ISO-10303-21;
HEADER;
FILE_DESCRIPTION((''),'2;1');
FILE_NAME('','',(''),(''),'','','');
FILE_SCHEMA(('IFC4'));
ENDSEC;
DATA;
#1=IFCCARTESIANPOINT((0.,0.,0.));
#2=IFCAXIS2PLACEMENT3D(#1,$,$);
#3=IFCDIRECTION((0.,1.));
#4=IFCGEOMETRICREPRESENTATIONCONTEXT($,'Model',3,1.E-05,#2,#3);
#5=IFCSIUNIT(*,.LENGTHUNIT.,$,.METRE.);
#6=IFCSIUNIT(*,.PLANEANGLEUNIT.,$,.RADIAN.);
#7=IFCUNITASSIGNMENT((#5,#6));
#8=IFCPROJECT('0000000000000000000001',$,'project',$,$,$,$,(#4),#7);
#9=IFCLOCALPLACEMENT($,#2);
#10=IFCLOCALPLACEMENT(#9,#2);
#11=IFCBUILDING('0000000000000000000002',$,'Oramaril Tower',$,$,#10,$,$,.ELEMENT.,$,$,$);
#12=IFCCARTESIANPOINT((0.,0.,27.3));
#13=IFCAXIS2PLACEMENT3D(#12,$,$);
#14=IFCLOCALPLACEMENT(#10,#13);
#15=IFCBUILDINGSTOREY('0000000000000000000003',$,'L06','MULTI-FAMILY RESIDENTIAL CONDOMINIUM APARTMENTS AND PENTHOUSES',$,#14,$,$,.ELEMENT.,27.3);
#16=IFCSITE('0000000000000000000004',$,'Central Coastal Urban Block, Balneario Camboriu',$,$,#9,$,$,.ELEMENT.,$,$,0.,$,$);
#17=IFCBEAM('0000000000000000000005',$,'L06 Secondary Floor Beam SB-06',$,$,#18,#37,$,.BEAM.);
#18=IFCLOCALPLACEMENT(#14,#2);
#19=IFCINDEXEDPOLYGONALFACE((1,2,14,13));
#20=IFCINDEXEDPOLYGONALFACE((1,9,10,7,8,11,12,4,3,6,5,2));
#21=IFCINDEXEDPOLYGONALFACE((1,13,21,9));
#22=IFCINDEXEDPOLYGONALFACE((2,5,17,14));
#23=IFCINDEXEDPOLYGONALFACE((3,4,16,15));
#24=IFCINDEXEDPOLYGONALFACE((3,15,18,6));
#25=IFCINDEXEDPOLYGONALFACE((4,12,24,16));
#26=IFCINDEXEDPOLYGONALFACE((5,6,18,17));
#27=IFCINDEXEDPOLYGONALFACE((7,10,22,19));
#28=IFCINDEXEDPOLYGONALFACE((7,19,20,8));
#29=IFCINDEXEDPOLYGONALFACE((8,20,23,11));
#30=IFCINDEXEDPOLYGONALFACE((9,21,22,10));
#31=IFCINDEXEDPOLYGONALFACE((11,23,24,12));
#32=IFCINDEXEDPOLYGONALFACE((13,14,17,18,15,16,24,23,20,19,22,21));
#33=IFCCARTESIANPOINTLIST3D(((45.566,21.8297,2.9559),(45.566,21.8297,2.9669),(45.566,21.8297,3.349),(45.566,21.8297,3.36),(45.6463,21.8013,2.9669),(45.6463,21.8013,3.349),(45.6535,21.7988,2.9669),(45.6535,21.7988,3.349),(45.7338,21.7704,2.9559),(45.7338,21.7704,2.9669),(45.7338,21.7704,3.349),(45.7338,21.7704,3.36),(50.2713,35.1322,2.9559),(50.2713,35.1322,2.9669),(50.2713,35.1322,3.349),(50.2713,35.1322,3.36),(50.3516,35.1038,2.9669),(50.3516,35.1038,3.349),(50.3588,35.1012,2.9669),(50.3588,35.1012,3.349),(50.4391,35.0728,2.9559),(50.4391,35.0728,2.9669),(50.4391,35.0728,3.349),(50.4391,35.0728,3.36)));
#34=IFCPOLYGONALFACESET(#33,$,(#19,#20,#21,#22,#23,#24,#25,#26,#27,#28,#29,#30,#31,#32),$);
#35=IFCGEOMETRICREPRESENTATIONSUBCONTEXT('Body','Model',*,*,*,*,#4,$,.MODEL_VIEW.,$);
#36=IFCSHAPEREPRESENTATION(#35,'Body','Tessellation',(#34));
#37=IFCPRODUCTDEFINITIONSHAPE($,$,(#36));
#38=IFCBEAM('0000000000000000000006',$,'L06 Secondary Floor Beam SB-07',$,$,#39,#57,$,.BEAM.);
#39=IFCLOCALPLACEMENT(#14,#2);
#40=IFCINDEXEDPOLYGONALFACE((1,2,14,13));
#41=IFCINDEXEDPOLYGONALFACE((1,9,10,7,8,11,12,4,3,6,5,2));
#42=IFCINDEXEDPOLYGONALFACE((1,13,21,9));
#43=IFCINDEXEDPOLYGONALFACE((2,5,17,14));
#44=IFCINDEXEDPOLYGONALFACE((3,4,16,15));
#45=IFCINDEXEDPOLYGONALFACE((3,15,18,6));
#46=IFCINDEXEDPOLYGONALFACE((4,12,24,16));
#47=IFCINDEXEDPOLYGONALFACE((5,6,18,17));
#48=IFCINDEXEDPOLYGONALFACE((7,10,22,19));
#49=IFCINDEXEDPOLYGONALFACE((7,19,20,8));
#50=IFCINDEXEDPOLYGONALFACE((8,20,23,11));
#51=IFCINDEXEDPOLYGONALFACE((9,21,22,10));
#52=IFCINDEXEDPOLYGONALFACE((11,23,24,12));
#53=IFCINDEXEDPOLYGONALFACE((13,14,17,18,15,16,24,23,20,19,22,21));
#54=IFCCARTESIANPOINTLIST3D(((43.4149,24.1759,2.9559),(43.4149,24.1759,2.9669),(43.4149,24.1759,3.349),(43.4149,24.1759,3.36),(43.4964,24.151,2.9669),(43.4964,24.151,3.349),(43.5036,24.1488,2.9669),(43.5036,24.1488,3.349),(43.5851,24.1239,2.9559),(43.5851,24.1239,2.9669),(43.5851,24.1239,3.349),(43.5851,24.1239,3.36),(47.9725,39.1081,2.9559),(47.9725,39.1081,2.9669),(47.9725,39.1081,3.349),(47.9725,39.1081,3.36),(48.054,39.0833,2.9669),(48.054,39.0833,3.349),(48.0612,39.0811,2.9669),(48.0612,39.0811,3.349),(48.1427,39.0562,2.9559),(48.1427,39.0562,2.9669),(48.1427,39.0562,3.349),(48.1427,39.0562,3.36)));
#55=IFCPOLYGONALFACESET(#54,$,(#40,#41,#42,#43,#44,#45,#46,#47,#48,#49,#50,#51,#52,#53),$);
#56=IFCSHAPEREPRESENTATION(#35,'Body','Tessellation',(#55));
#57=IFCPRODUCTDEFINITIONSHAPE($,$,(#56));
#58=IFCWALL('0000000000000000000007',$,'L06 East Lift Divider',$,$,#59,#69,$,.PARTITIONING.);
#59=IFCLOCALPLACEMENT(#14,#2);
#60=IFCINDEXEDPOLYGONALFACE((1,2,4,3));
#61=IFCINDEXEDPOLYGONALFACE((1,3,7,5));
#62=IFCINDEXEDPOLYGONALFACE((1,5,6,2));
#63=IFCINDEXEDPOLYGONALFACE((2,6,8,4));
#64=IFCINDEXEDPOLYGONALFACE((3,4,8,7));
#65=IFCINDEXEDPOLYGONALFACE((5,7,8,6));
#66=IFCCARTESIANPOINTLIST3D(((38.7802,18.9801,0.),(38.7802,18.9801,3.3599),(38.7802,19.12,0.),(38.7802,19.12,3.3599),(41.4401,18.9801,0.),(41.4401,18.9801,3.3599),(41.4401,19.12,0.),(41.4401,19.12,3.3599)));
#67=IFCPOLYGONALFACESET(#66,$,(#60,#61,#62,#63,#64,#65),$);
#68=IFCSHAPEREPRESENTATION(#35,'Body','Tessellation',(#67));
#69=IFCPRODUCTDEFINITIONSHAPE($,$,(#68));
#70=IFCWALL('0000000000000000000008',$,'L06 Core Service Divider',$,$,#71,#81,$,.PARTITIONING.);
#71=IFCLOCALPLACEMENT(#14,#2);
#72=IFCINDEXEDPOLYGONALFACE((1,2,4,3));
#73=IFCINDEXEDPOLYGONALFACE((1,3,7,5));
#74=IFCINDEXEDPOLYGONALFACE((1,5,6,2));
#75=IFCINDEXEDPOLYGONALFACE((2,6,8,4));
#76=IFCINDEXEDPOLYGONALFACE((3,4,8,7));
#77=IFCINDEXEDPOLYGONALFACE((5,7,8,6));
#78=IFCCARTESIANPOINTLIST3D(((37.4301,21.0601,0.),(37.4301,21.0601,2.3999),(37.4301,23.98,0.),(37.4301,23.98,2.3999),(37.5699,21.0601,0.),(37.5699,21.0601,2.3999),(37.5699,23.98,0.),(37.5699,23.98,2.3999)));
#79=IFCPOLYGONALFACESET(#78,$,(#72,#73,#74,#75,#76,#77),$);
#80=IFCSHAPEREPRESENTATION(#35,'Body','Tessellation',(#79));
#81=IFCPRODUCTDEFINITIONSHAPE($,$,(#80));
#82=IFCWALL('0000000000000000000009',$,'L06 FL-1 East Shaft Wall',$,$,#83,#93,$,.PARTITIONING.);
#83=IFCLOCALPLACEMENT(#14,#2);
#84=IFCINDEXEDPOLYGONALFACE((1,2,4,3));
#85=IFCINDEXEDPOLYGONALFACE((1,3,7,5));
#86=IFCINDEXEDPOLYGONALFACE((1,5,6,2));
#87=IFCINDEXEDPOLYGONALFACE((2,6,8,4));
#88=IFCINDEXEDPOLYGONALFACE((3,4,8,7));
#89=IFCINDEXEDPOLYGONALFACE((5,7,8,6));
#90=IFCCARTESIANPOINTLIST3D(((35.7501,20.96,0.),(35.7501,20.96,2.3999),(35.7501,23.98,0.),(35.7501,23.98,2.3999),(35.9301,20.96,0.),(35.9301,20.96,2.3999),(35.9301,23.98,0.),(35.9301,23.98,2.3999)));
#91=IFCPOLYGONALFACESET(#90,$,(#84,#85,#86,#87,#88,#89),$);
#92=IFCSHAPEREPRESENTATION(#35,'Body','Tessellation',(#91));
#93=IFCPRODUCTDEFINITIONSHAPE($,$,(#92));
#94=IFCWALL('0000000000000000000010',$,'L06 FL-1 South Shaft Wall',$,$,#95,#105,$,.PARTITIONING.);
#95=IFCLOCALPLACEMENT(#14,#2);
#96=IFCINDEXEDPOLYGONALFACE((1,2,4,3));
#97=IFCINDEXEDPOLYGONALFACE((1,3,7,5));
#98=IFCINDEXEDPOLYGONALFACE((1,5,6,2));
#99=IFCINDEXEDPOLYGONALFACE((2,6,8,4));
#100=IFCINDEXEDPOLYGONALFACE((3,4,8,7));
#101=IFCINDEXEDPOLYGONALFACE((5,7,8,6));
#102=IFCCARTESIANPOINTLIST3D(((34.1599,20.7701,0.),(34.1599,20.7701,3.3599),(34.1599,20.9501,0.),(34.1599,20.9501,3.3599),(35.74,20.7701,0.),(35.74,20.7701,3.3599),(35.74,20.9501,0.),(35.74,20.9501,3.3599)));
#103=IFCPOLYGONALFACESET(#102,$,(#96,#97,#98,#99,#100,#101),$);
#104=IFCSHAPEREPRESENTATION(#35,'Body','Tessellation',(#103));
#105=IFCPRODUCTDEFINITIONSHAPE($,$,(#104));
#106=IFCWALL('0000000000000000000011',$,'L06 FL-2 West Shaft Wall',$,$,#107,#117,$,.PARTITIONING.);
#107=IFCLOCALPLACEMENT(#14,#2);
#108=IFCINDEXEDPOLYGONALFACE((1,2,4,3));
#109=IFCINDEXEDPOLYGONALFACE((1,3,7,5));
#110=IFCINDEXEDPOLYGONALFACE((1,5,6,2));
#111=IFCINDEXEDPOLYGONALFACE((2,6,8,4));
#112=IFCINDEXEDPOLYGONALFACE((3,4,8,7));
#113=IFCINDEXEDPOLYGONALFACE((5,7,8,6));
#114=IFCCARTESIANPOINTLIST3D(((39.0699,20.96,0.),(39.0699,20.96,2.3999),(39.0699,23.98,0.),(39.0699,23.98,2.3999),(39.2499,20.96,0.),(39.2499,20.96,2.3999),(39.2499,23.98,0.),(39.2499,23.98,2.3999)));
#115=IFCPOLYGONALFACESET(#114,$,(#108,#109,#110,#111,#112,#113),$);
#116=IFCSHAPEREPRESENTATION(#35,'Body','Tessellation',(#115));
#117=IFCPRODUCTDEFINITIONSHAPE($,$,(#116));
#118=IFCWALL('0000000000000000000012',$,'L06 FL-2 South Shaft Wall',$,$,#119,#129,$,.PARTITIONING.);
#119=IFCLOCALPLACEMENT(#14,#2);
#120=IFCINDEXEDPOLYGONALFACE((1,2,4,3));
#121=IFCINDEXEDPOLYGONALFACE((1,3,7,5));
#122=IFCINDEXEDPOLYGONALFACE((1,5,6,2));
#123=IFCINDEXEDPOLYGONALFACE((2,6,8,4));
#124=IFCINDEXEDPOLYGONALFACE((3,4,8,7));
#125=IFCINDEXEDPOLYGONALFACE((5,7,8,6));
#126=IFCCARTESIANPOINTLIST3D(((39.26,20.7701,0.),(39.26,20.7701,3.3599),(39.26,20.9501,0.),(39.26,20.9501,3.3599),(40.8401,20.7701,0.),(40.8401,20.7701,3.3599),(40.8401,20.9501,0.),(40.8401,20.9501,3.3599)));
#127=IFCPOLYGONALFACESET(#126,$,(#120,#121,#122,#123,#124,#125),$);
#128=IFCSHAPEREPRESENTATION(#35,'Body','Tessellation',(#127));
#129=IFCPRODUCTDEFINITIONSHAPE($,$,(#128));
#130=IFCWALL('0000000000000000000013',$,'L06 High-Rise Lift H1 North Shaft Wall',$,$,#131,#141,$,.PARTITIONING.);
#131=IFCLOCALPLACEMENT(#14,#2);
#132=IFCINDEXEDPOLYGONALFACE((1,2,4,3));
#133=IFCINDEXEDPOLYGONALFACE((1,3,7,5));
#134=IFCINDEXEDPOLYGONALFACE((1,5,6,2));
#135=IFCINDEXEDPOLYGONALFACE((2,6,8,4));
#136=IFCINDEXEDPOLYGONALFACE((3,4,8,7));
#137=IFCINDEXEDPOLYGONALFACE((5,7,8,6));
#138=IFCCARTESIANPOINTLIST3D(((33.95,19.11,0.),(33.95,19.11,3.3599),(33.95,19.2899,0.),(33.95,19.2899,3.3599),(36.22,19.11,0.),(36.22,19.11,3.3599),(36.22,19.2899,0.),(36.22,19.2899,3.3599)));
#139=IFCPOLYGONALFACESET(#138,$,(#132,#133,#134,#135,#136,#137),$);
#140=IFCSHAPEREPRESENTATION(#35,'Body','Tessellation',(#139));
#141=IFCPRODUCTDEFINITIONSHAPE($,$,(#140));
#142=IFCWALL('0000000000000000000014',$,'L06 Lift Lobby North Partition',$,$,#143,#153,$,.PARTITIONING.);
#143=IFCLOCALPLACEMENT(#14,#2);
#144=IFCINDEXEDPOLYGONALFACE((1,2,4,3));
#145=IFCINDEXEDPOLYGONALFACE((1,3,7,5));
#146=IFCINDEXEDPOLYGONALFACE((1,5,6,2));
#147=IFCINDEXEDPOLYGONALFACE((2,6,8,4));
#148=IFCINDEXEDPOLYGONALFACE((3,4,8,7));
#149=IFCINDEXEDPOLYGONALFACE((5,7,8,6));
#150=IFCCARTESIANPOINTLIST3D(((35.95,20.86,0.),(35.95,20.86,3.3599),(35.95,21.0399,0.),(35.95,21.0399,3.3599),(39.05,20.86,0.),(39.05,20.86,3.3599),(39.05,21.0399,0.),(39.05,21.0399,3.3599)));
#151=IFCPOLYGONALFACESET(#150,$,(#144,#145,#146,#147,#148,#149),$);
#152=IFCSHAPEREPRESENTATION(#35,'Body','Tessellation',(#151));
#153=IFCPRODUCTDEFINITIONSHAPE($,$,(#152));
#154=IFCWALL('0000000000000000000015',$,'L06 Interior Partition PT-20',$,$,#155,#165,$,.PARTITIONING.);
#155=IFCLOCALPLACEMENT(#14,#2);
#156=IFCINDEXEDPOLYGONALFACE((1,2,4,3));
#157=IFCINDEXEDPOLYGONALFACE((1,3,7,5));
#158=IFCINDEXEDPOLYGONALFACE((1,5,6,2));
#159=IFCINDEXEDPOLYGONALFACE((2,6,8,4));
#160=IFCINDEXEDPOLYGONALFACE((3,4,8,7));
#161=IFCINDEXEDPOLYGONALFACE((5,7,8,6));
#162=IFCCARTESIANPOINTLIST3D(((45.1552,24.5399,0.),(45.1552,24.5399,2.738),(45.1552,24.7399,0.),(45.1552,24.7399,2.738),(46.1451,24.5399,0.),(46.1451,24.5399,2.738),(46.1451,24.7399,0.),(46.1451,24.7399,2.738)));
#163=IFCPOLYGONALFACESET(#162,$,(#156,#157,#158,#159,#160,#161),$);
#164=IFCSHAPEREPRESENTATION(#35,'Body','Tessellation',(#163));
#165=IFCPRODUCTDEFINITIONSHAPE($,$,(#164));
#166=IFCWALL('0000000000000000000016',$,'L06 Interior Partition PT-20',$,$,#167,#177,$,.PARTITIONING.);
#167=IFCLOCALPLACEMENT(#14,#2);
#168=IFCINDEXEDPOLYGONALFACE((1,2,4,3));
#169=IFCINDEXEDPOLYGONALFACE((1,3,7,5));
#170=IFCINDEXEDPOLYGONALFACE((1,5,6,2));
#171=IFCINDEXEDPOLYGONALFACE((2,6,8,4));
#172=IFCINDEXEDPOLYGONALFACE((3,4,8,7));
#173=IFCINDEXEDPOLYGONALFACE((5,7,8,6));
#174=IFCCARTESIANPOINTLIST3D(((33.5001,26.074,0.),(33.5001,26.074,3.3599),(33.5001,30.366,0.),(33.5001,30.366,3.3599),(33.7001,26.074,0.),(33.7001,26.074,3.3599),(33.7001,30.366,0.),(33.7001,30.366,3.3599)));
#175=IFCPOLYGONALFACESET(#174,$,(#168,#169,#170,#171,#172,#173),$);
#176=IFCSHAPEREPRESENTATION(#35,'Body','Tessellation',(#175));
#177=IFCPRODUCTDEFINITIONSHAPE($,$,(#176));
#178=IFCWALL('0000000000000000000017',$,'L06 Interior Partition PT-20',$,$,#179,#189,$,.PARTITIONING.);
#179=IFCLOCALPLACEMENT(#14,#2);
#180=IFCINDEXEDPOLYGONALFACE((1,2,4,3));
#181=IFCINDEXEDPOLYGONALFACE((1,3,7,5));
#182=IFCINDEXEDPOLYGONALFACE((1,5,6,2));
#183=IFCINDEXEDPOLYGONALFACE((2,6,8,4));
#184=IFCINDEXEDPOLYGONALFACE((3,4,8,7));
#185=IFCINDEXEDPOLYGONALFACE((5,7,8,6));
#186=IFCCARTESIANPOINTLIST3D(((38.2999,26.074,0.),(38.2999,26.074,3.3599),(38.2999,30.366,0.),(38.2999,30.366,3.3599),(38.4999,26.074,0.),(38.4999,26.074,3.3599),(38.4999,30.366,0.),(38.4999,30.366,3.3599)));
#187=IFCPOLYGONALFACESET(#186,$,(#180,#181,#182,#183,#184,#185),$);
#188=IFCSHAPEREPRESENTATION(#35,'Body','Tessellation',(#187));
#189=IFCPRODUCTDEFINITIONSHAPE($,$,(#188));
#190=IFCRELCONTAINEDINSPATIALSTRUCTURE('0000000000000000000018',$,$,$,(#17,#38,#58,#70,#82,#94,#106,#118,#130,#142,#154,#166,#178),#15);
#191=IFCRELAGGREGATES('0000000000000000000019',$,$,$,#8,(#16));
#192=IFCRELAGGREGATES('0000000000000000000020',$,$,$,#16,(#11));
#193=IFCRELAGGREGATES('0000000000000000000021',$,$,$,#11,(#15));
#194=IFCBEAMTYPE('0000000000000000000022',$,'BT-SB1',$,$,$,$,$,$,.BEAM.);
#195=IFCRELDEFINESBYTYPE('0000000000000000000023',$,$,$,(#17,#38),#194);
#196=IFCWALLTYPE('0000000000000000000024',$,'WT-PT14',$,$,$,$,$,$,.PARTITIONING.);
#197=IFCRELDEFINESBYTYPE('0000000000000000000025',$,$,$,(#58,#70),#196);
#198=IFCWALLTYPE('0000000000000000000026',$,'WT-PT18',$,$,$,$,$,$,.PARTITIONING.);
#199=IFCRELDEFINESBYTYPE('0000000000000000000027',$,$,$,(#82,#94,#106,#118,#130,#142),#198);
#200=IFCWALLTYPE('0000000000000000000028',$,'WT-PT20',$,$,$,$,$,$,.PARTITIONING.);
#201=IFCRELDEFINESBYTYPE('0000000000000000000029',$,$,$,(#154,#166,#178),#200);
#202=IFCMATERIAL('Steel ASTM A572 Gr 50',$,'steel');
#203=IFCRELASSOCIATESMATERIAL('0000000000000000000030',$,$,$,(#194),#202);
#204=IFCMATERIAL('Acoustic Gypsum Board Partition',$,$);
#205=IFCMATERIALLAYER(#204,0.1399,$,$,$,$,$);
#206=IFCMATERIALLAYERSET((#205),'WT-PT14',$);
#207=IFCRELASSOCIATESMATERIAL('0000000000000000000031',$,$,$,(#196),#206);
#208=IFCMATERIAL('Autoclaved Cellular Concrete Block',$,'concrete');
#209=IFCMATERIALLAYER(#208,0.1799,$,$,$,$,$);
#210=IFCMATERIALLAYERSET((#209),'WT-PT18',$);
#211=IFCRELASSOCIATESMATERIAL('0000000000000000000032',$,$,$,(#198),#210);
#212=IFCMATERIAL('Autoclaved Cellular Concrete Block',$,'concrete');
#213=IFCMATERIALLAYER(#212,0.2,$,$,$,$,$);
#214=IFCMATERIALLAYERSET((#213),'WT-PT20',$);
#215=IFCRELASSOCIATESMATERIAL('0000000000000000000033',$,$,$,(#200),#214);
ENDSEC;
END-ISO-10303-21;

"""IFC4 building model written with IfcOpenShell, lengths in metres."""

from ifc_helpers import new_model, si_unit, direction, frame, frame_2d, origin, origin_2d, place, context, subcontext, project, spatial, rectangle, i_section, extrude, material, layer, layer_set, material_profile, profile_set, type_object, element, save


model = new_model("IFC4")

# Units and contexts
model_context = context("Model", 3, precision=1e-05, world=origin(), true_north=direction((0.0, 1.0)))
body_context = subcontext(model_context, "Body", "Model", "MODEL_VIEW")
ifc_project = project(units=[si_unit("LENGTHUNIT", "METRE"), si_unit("PLANEANGLEUNIT", "RADIAN")], contexts=[model_context])

# Site, building, storey
site_placement = place(None, origin())
site = spatial("IfcSite", under=ifc_project, at=site_placement, Name="Central Coastal Urban Block, Balneario Camboriu", CompositionType="ELEMENT", RefElevation=0.0)
building_placement = place(site_placement, origin())
building = spatial("IfcBuilding", under=site, at=building_placement, Name="Oramaril Tower", CompositionType="ELEMENT")
storey_placement = place(building_placement, frame((0.0, 0.0, 27.3)))
storey = spatial("IfcBuildingStorey", under=building, at=storey_placement, Name="L06", Description="MULTI-FAMILY RESIDENTIAL CONDOMINIUM APARTMENTS AND PENTHOUSES", CompositionType="ELEMENT", Elevation=27.3)

# Beams
ifc_material_1 = material(Name="Steel ASTM A572 Gr 50", Category="steel")
ifc_material_profile = material_profile(ifc_material_1, i_section(OverallWidth=0.178, OverallDepth=0.4041, WebThickness=0.0076, FlangeThickness=0.011, at=origin_2d()), Name="W16X36")
ifc_profile_set = profile_set([ifc_material_profile], Name="Steel ASTM A572 Gr 50")
beam_type = type_object("IfcBeamType", Name="BT-SB1", PredefinedType="BEAM", material=ifc_profile_set)
beam_1_placement = place(storey_placement, frame((45.6499, 21.8, 3.158), z_axis=(0.333471, 0.94276, 0.0), x_axis=(-0.94276, 0.333471, 0.0)))
element("IfcBeam", 1, at=beam_1_placement, inside=storey, type_object=beam_type, Name="L06 Secondary Floor Beam SB-06", PredefinedType="BEAM", context=body_context, shape_type="SweptSolid", body=[
    extrude(i_section(OverallWidth=0.178, OverallDepth=0.4041, WebThickness=0.0076, FlangeThickness=0.011, at=origin_2d()), origin(), (0.0, 0.0, 1.0), 14.1101),
])
beam_2_placement = place(storey_placement, frame((43.5, 24.1499, 3.158), z_axis=(0.291923, 0.956442, 0.0), x_axis=(-0.956442, 0.291923, 0.0)))
element("IfcBeam", 2, at=beam_2_placement, inside=storey, type_object=beam_type, Name="L06 Secondary Floor Beam SB-07", PredefinedType="BEAM", context=body_context, shape_type="SweptSolid", body=[
    extrude(i_section(OverallWidth=0.178, OverallDepth=0.4041, WebThickness=0.0076, FlangeThickness=0.011, at=origin_2d()), origin(), (0.0, 0.0, 1.0), 15.6123),
])

# Walls
ifc_material_2 = material(Name="Acoustic Gypsum Board Partition")
ifc_layer_1 = layer(ifc_material_2, 0.1399)
ifc_layer_set_1 = layer_set([ifc_layer_1], Name="WT-PT14")
wall_type_1 = type_object("IfcWallType", Name="WT-PT14", PredefinedType="PARTITIONING", material=ifc_layer_set_1)
wall_1_placement = place(storey_placement, frame((38.78, 19.05, 0.0), z_axis=(0.0, 0.0, 1.0), x_axis=(1.0, 0.0, 0.0)))
element("IfcWall", 3, at=wall_1_placement, inside=storey, type_object=wall_type_1, Name="L06 East Lift Divider", PredefinedType="PARTITIONING", context=body_context, shape_type="SweptSolid", body=[
    extrude(rectangle(XDim=2.6599, YDim=0.1399, at=frame_2d((1.3301, 0.0))), origin(), (0.0, 0.0, 1.0), 3.3599),
])
wall_2_placement = place(storey_placement, frame((37.5, 21.0601, 0.0), z_axis=(0.0, 0.0, 1.0), x_axis=(0.0, 1.0, 0.0)))
element("IfcWall", 4, at=wall_2_placement, inside=storey, type_object=wall_type_1, Name="L06 Core Service Divider", PredefinedType="PARTITIONING", context=body_context, shape_type="SweptSolid", body=[
    extrude(rectangle(XDim=2.9199, YDim=0.1399, at=frame_2d((1.46, 0.0))), origin(), (0.0, 0.0, 1.0), 2.3999),
])
ifc_material_3 = material(Name="Autoclaved Cellular Concrete Block", Category="concrete")
ifc_layer_2 = layer(ifc_material_3, 0.1799)
ifc_layer_set_2 = layer_set([ifc_layer_2], Name="WT-PT18")
wall_type_2 = type_object("IfcWallType", Name="WT-PT18", PredefinedType="PARTITIONING", material=ifc_layer_set_2)
wall_3_placement = place(storey_placement, frame((35.8401, 20.96, 0.0), z_axis=(0.0, 0.0, 1.0), x_axis=(0.0, 1.0, 0.0)))
element("IfcWall", 5, at=wall_3_placement, inside=storey, type_object=wall_type_2, Name="L06 FL-1 East Shaft Wall", PredefinedType="PARTITIONING", context=body_context, shape_type="SweptSolid", body=[
    extrude(rectangle(XDim=3.02, YDim=0.1799, at=frame_2d((1.51, 0.0))), origin(), (0.0, 0.0, 1.0), 2.3999),
])
wall_4_placement = place(storey_placement, frame((34.1599, 20.8601, 0.0), z_axis=(0.0, 0.0, 1.0), x_axis=(1.0, 0.0, 0.0)))
element("IfcWall", 6, at=wall_4_placement, inside=storey, type_object=wall_type_2, Name="L06 FL-1 South Shaft Wall", PredefinedType="PARTITIONING", context=body_context, shape_type="SweptSolid", body=[
    extrude(rectangle(XDim=1.5801, YDim=0.1799, at=frame_2d((0.79, 0.0))), origin(), (0.0, 0.0, 1.0), 3.3599),
])
wall_5_placement = place(storey_placement, frame((39.1599, 20.96, 0.0), z_axis=(0.0, 0.0, 1.0), x_axis=(0.0, 1.0, 0.0)))
element("IfcWall", 7, at=wall_5_placement, inside=storey, type_object=wall_type_2, Name="L06 FL-2 West Shaft Wall", PredefinedType="PARTITIONING", context=body_context, shape_type="SweptSolid", body=[
    extrude(rectangle(XDim=3.02, YDim=0.1799, at=frame_2d((1.51, 0.0))), origin(), (0.0, 0.0, 1.0), 2.3999),
])
wall_6_placement = place(storey_placement, frame((39.26, 20.8601, 0.0), z_axis=(0.0, 0.0, 1.0), x_axis=(1.0, 0.0, 0.0)))
element("IfcWall", 8, at=wall_6_placement, inside=storey, type_object=wall_type_2, Name="L06 FL-2 South Shaft Wall", PredefinedType="PARTITIONING", context=body_context, shape_type="SweptSolid", body=[
    extrude(rectangle(XDim=1.5801, YDim=0.1799, at=frame_2d((0.79, 0.0))), origin(), (0.0, 0.0, 1.0), 3.3599),
])
wall_7_placement = place(storey_placement, frame((33.95, 19.2, 0.0), z_axis=(0.0, 0.0, 1.0), x_axis=(1.0, 0.0, 0.0)))
element("IfcWall", 9, at=wall_7_placement, inside=storey, type_object=wall_type_2, Name="L06 High-Rise Lift H1 North Shaft Wall", PredefinedType="PARTITIONING", context=body_context, shape_type="SweptSolid", body=[
    extrude(rectangle(XDim=2.27, YDim=0.1799, at=frame_2d((1.135, 0.0))), origin(), (0.0, 0.0, 1.0), 3.3599),
])
wall_8_placement = place(storey_placement, frame((35.95, 20.95, 0.0), z_axis=(0.0, 0.0, 1.0), x_axis=(1.0, 0.0, 0.0)))
element("IfcWall", 10, at=wall_8_placement, inside=storey, type_object=wall_type_2, Name="L06 Lift Lobby North Partition", PredefinedType="PARTITIONING", context=body_context, shape_type="SweptSolid", body=[
    extrude(rectangle(XDim=3.1001, YDim=0.1799, at=frame_2d((1.55, 0.0))), origin(), (0.0, 0.0, 1.0), 3.3599),
])
ifc_material_4 = material(Name="Autoclaved Cellular Concrete Block", Category="concrete")
ifc_layer_3 = layer(ifc_material_4, 0.2)
ifc_layer_set_3 = layer_set([ifc_layer_3], Name="WT-PT20")
wall_type_3 = type_object("IfcWallType", Name="WT-PT20", PredefinedType="PARTITIONING", material=ifc_layer_set_3)
wall_9_placement = place(storey_placement, frame((45.155, 24.6399, 0.0), z_axis=(0.0, 0.0, 1.0), x_axis=(1.0, 0.0, 0.0)))
element("IfcWall", 11, at=wall_9_placement, inside=storey, type_object=wall_type_3, Name="L06 Interior Partition PT-20", PredefinedType="PARTITIONING", context=body_context, shape_type="SweptSolid", body=[
    extrude(rectangle(XDim=0.99, YDim=0.2, at=frame_2d((0.4951, 0.0))), origin(), (0.0, 0.0, 1.0), 2.738),
])
for number, where, z_axis, x_axis, name in (
    (12, (33.6001, 26.074, 0.0), (0.0, 0.0, 1.0), (0.0, 1.0, 0.0), "L06 Interior Partition PT-20"),
    (13, (38.3999, 26.074, 0.0), (0.0, 0.0, 1.0), (0.0, 1.0, 0.0), "L06 Interior Partition PT-20"),
):
    element("IfcWall", number, at=place(storey_placement, frame(where, z_axis=z_axis, x_axis=x_axis)), inside=storey, type_object=wall_type_3, Name=name, PredefinedType="PARTITIONING", context=body_context, shape_type="SweptSolid", body=[
        extrude(rectangle(XDim=4.292, YDim=0.2, at=frame_2d((2.146, 0.0))), origin(), (0.0, 0.0, 1.0), 3.3599),
    ])

save(model, "model.ifc")
